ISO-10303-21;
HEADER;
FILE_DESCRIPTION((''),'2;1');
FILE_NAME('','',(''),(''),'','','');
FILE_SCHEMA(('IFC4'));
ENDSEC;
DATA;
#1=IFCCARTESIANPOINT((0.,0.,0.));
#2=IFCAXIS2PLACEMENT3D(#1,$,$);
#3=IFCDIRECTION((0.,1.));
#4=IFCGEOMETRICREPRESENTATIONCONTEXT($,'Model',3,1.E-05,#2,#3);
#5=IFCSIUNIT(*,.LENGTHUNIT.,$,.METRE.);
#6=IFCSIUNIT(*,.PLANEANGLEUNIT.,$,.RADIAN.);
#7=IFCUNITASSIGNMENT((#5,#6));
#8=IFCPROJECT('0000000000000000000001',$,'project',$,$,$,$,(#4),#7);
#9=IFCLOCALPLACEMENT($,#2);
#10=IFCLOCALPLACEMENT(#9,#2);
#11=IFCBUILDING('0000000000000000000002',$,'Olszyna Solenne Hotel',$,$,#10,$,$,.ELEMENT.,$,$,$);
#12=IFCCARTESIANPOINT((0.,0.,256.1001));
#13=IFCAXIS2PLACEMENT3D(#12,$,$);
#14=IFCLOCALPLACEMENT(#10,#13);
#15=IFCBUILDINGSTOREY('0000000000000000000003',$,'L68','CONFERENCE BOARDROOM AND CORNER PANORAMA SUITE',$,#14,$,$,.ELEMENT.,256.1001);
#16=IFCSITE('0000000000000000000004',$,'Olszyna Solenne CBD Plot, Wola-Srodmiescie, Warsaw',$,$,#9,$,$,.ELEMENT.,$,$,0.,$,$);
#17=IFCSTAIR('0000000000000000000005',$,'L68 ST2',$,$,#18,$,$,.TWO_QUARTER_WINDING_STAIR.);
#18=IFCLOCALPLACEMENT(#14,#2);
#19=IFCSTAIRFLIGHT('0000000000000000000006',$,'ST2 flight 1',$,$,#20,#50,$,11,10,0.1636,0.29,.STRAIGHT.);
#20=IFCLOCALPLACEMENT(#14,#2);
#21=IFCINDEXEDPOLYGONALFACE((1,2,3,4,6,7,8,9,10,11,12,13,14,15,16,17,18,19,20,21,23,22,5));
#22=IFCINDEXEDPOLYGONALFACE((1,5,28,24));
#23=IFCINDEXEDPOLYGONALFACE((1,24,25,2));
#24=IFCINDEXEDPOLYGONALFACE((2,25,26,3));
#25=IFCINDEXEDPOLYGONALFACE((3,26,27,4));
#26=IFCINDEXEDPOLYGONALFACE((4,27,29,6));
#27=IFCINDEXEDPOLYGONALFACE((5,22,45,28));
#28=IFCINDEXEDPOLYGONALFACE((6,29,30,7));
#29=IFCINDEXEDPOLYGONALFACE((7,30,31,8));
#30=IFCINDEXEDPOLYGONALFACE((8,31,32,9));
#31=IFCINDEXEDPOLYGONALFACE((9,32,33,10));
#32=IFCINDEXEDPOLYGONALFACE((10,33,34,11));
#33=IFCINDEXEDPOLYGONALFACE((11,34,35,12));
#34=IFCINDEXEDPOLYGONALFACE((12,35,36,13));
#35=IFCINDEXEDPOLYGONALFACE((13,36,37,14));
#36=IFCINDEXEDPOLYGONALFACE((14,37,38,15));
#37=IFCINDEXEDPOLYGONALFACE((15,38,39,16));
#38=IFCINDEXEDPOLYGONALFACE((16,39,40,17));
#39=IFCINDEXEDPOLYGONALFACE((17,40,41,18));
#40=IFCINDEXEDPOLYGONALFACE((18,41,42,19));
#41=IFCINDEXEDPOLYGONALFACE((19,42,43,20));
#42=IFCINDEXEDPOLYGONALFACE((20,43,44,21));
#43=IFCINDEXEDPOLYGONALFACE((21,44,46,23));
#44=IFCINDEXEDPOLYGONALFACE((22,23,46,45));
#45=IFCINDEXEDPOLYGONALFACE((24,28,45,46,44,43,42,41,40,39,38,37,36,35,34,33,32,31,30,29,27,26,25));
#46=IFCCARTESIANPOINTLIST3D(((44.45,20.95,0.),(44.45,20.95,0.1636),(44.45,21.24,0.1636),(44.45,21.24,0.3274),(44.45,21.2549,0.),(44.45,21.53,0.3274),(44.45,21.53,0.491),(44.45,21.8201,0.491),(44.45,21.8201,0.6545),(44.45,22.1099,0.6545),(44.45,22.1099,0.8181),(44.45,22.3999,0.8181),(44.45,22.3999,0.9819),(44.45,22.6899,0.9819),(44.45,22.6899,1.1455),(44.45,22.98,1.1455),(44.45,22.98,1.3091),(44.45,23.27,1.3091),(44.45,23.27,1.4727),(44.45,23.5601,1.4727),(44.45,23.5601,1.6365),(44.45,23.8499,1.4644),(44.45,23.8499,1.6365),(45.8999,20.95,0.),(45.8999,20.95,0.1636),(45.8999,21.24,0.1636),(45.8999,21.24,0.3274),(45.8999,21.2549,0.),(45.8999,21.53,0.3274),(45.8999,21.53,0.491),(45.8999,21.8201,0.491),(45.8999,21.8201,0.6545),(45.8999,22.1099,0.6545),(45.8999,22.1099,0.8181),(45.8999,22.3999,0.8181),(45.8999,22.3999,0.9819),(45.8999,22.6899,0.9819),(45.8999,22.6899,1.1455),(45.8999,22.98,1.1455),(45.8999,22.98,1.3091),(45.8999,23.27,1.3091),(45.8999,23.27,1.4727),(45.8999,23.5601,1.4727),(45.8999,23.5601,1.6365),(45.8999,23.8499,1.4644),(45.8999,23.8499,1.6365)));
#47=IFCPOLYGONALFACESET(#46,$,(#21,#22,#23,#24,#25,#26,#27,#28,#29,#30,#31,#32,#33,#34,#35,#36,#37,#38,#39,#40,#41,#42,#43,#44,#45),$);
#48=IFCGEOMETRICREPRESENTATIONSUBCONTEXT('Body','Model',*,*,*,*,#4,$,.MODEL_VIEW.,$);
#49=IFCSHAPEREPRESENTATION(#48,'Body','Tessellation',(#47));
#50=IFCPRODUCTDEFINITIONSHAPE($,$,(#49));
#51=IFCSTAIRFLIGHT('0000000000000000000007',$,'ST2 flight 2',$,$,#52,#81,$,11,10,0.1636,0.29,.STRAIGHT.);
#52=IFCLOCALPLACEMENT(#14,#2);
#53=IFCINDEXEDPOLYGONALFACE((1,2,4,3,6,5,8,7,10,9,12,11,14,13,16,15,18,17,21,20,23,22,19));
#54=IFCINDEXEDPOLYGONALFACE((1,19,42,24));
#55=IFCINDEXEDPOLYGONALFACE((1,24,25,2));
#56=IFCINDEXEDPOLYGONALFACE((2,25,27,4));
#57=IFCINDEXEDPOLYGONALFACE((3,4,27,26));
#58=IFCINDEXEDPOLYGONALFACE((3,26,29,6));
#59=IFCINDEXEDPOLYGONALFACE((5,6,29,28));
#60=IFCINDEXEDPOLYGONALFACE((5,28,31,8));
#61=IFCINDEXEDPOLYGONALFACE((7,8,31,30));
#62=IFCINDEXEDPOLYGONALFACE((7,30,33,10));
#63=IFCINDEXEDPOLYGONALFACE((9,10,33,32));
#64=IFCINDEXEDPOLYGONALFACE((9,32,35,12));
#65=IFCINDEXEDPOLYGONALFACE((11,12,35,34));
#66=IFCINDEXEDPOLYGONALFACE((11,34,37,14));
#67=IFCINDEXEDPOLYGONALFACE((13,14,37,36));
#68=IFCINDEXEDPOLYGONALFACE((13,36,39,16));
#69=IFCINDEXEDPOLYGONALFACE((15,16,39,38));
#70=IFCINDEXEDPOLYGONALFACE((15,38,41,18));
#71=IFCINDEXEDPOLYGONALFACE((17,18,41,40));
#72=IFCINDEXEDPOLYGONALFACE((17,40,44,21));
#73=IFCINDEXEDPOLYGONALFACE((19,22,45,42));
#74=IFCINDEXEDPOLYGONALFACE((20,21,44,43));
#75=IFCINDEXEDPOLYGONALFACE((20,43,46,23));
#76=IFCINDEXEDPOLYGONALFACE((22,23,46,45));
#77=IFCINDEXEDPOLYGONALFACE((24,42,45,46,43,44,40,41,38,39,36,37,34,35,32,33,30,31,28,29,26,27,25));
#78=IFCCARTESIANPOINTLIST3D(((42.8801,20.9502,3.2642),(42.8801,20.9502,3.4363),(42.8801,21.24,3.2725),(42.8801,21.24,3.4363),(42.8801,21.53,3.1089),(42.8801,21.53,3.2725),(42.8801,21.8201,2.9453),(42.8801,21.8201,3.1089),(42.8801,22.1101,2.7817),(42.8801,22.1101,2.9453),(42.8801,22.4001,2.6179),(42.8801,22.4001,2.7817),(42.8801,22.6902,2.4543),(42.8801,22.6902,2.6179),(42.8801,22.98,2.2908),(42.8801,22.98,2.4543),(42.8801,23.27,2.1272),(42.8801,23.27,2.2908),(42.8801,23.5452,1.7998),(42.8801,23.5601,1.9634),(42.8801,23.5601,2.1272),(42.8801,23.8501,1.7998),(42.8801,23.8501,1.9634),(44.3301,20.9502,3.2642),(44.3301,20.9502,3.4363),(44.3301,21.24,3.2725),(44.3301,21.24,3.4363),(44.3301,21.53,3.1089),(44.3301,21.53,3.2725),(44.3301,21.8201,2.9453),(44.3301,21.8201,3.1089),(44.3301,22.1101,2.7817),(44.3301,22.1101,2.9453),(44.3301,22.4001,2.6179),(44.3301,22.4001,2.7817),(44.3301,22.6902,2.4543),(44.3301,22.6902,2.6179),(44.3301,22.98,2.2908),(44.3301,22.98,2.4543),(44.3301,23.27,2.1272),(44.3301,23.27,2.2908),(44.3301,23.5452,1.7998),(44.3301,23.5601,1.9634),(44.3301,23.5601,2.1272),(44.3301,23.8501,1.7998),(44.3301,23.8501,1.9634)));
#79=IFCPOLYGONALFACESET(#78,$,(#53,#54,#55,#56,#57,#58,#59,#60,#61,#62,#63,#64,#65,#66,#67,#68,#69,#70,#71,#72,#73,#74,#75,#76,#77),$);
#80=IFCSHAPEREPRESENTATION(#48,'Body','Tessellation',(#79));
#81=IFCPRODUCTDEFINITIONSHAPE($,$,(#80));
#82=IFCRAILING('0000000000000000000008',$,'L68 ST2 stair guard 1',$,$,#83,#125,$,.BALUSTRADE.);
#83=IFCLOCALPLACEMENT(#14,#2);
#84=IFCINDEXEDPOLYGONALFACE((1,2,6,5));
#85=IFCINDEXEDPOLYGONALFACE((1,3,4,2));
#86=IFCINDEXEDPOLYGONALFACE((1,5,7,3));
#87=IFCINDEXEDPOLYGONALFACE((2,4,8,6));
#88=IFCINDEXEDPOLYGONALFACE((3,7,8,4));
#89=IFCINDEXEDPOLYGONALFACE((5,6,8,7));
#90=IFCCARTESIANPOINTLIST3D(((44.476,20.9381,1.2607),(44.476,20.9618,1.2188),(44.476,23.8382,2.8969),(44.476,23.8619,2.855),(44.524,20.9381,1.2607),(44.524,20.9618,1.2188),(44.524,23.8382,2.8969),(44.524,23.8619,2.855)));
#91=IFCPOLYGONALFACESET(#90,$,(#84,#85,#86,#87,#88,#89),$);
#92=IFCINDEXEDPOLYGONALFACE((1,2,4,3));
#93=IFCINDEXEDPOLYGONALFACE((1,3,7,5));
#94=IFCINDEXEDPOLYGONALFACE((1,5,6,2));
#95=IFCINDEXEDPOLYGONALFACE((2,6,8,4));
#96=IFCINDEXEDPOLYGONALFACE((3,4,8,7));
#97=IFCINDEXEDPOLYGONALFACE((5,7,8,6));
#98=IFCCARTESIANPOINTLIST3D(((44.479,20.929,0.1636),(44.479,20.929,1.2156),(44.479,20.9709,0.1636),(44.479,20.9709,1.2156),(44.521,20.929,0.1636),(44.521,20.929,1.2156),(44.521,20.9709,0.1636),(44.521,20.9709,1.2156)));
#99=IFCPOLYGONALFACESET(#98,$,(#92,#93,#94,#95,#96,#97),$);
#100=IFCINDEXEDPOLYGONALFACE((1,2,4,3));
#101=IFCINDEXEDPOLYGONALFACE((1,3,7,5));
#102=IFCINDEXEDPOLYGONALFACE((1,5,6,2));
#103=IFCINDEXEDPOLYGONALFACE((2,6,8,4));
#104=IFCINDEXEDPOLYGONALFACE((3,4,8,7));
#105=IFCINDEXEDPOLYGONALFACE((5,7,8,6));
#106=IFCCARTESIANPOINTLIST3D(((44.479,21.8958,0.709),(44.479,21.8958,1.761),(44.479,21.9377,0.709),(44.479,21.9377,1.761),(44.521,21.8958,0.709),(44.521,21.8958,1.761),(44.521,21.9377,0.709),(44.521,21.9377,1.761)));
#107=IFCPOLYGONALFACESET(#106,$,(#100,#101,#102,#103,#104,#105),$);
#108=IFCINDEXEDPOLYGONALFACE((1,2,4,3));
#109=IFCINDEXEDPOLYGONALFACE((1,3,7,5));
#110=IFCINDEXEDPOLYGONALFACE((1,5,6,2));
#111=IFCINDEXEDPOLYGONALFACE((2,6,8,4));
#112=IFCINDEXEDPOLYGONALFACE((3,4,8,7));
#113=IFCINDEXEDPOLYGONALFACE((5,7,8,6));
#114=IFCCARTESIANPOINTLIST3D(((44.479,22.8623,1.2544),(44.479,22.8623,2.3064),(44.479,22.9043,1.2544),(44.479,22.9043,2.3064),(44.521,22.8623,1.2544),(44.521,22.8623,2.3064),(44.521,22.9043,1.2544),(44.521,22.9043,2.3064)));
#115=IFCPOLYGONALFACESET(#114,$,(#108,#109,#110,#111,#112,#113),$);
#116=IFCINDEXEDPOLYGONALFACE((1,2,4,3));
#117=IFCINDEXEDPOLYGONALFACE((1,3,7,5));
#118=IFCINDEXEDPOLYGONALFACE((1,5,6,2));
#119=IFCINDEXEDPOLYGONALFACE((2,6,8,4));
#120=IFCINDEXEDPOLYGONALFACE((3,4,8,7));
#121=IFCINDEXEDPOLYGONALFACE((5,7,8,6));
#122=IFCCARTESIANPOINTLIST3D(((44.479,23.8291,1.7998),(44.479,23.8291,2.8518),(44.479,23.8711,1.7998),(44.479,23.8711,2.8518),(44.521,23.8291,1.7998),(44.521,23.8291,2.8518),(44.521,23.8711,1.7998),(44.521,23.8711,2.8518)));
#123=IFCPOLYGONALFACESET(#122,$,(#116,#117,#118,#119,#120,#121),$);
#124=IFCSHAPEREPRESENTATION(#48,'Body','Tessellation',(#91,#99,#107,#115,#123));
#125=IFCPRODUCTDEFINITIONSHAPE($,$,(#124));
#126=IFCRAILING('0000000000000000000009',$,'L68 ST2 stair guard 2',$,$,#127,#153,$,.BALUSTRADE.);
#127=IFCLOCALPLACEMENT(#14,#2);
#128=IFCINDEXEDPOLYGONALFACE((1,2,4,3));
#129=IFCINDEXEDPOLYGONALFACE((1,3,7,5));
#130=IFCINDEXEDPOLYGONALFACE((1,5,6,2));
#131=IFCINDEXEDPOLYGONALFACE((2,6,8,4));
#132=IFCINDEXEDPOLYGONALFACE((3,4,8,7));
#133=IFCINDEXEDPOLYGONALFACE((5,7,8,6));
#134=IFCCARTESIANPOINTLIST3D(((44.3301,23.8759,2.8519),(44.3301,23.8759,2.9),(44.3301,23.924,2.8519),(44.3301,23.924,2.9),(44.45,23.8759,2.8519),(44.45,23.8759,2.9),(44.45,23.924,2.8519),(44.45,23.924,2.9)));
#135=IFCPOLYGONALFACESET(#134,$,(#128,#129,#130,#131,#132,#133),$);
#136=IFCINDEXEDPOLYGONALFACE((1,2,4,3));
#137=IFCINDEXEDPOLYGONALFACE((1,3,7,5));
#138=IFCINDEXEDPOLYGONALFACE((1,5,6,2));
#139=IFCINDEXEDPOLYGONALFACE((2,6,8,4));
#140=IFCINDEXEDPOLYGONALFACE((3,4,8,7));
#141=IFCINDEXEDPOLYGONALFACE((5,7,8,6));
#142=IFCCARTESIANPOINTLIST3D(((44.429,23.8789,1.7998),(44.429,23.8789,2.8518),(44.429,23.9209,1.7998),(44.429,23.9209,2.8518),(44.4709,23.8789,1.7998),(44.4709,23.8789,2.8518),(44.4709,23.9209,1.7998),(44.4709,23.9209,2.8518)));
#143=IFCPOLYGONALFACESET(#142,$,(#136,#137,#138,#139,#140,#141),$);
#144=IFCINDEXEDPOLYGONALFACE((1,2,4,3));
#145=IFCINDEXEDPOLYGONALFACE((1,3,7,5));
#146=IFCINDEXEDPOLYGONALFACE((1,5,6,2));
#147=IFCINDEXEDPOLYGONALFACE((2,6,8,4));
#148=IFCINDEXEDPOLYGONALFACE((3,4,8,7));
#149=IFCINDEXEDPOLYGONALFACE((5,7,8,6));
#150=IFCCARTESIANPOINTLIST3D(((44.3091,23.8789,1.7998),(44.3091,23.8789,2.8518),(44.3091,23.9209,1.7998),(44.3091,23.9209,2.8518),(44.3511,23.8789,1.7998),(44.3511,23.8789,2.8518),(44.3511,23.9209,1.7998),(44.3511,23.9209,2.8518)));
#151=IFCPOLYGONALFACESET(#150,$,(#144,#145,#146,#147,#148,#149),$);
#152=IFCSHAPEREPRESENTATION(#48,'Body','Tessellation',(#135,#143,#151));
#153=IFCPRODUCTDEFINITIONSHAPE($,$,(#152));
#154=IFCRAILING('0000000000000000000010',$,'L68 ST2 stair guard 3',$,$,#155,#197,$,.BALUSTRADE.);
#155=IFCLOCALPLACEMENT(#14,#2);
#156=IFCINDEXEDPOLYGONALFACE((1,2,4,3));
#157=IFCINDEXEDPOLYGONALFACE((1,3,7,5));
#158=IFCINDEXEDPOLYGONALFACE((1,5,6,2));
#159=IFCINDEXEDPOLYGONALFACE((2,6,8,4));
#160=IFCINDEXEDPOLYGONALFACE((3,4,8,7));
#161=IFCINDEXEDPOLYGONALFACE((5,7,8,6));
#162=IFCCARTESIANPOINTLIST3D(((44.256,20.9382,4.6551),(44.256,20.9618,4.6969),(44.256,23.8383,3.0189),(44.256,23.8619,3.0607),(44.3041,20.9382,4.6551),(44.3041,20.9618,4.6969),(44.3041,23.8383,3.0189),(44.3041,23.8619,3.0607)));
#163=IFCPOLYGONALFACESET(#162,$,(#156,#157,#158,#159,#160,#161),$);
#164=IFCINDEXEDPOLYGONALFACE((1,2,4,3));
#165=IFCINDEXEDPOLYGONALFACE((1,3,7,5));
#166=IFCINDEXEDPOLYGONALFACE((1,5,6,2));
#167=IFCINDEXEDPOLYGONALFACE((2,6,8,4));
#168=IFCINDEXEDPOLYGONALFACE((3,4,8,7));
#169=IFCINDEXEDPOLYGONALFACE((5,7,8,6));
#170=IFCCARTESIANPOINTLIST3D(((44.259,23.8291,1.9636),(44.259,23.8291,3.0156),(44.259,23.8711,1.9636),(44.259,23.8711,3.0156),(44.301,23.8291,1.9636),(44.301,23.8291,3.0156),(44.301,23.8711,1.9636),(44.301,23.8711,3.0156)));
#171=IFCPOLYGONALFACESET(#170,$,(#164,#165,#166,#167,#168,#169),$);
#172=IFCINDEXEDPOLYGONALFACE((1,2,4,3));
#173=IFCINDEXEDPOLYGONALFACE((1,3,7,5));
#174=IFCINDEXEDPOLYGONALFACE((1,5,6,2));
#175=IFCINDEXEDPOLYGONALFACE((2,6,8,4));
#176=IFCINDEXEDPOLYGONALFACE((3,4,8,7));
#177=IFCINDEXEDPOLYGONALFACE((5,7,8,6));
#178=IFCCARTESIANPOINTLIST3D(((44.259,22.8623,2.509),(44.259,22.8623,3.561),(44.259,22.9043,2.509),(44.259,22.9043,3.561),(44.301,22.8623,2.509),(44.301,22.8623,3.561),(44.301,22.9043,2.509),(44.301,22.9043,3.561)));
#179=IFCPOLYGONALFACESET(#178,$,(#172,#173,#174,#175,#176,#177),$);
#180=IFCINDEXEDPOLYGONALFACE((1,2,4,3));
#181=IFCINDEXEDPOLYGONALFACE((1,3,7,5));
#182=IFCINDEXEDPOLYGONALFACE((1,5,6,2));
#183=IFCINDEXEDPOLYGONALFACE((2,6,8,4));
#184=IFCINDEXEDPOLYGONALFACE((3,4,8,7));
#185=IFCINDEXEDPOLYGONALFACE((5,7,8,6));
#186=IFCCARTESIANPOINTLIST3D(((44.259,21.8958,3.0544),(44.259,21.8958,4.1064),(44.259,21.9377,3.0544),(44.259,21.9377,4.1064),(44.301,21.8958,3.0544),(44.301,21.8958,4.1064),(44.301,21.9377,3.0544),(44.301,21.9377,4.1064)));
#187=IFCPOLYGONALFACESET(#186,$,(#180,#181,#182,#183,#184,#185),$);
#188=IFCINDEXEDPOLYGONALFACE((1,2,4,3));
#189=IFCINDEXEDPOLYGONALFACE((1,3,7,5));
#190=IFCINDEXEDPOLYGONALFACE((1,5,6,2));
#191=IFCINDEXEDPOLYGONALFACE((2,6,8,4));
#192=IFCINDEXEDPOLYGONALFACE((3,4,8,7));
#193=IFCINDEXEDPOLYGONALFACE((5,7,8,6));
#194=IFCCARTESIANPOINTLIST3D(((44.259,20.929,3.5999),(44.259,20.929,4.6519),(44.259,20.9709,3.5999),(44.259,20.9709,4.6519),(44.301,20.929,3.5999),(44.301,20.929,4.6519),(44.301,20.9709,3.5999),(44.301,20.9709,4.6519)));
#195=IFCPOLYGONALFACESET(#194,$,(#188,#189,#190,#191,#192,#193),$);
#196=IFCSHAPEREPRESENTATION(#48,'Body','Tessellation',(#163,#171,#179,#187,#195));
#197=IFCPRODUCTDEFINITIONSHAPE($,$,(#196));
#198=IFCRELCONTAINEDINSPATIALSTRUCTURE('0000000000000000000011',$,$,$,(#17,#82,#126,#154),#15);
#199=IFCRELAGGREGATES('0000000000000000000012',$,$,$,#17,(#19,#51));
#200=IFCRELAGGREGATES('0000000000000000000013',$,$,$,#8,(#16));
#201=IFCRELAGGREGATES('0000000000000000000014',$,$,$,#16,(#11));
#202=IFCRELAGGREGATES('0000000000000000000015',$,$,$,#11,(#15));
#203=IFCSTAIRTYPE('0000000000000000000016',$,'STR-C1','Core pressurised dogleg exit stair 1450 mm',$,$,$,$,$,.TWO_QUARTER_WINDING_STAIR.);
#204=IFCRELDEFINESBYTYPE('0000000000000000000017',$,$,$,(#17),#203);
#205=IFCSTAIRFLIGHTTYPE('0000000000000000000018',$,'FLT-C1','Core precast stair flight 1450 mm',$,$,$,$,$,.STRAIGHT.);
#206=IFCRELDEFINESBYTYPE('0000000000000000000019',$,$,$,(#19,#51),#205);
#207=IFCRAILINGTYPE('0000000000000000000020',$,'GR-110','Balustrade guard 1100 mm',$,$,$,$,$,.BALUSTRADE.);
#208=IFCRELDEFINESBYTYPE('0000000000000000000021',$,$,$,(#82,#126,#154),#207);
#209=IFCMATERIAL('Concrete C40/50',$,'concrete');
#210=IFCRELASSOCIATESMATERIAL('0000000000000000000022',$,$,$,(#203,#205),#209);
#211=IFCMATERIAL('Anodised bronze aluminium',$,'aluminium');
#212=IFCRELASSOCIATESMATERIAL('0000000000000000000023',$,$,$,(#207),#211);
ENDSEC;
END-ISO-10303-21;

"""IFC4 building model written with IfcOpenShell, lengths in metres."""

from ifc_helpers import new_model, si_unit, direction, frame, origin, origin_2d, place, context, subcontext, project, spatial, polyline, rectangle, outline, extrude, material, type_object, element, aggregate, save


model = new_model("IFC4")

# Units and contexts
model_context = context("Model", 3, precision=1e-05, world=origin(), true_north=direction((0.0, 1.0)))
body_context = subcontext(model_context, "Body", "Model", "MODEL_VIEW")
ifc_project = project(units=[si_unit("LENGTHUNIT", "METRE"), si_unit("PLANEANGLEUNIT", "RADIAN")], contexts=[model_context])

# Site, building, storey
site_placement = place(None, origin())
site = spatial("IfcSite", under=ifc_project, at=site_placement, Name="Olszyna Solenne CBD Plot, Wola-Srodmiescie, Warsaw", CompositionType="ELEMENT", RefElevation=0.0)
building_placement = place(site_placement, origin())
building = spatial("IfcBuilding", under=site, at=building_placement, Name="Olszyna Solenne Hotel", CompositionType="ELEMENT")
storey_placement = place(building_placement, frame((0.0, 0.0, 256.1001)))
storey = spatial("IfcBuildingStorey", under=building, at=storey_placement, Name="L68", Description="CONFERENCE BOARDROOM AND CORNER PANORAMA SUITE", CompositionType="ELEMENT", Elevation=256.1001)

# Shared definitions
ifc_material_1 = material(Name="Anodised bronze aluminium", Category="aluminium")

# Stair, stair flights
ifc_material_2 = material(Name="Concrete C40/50", Category="concrete")
stair_type = type_object("IfcStairType", Name="STR-C1", Description="Core pressurised dogleg exit stair 1450 mm", PredefinedType="TWO_QUARTER_WINDING_STAIR", material=ifc_material_2)
stair_placement = place(storey_placement, origin())
stair = element("IfcStair", 1, at=stair_placement, inside=storey, type_object=stair_type, Name="L68 ST2", PredefinedType="TWO_QUARTER_WINDING_STAIR")
stair_flight_type = type_object("IfcStairFlightType", Name="FLT-C1", Description="Core precast stair flight 1450 mm", PredefinedType="STRAIGHT", material=ifc_material_2)
stair_flight_1_placement = place(storey_placement, frame((45.175, 20.95, 0.0), z_axis=(0.0, 0.0, 1.0), x_axis=(0.0, 1.0, 0.0)))
stair_flight_1 = element("IfcStairFlight", 2, at=stair_flight_1_placement, type_object=stair_flight_type, Name="ST2 flight 1", NumberOfRisers=11, NumberOfTreads=10, PredefinedType="STRAIGHT", RiserHeight=0.1636, TreadLength=0.29, context=body_context, shape_type="SweptSolid", body=[
    extrude(outline(polyline([(0.0, 0.0), (0.0, 0.1636), (0.29, 0.1636), (0.29, 0.3274), (0.5801, 0.3274), (0.5801, 0.491), (0.8701, 0.491), (0.8701, 0.6545), (1.1599, 0.6545), (1.1599, 0.8181), (1.45, 0.8181), (1.45, 0.9819), (1.74, 0.9819), (1.74, 1.1455), (2.03, 1.1455), (2.03, 1.3091), (2.3201, 1.3091), (2.3201, 1.4727), (2.6101, 1.4727), (2.6101, 1.6365), (2.8999, 1.6365), (2.8999, 1.8), (2.8999, 1.4644), (0.3049, 0.0), (0.0, 0.0)])), frame((0.0, 0.7251, 0.0), z_axis=(0.0, -1.0, 0.0), x_axis=(1.0, 0.0, 0.0)), (0.0, 0.0, 1.0), 1.45),
])
stair_flight_2_placement = place(storey_placement, frame((43.605, 23.8501, 1.7998), z_axis=(0.0, 0.0, 1.0), x_axis=(0.0, -1.0, 0.0)))
stair_flight_2 = element("IfcStairFlight", 3, at=stair_flight_2_placement, type_object=stair_flight_type, Name="ST2 flight 2", NumberOfRisers=11, NumberOfTreads=10, PredefinedType="STRAIGHT", RiserHeight=0.1636, TreadLength=0.29, context=body_context, shape_type="SweptSolid", body=[
    extrude(outline(polyline([(0.0, 0.0), (0.0, 0.1636), (0.29, 0.1636), (0.29, 0.3274), (0.5801, 0.3274), (0.5801, 0.491), (0.8701, 0.491), (0.8701, 0.6545), (1.1599, 0.6545), (1.1599, 0.8181), (1.45, 0.8181), (1.45, 0.9819), (1.74, 0.9819), (1.74, 1.1455), (2.03, 1.1455), (2.03, 1.3091), (2.3201, 1.3091), (2.3201, 1.4727), (2.6101, 1.4727), (2.6101, 1.6365), (2.8999, 1.6365), (2.8999, 1.8), (2.8999, 1.4644), (0.3049, 0.0), (0.0, 0.0)])), frame((0.0, 0.7251, 0.0), z_axis=(0.0, -1.0, 0.0), x_axis=(1.0, 0.0, 0.0)), (0.0, 0.0, 1.0), 1.45),
])
aggregate(stair, [stair_flight_1, stair_flight_2])

# Railings
railing_type_1 = type_object("IfcRailingType", Name="GR-110", Description="Balustrade guard 1100 mm", PredefinedType="BALUSTRADE", material=ifc_material_1)
railing_1_placement = place(storey_placement, frame((44.5, 20.95, 0.1636)))
element("IfcRailing", 4, at=railing_1_placement, inside=storey, type_object=railing_type_1, Name="L68 ST2 stair guard 1", PredefinedType="BALUSTRADE", context=body_context, shape_type="SweptSolid", body=[
    extrude(rectangle(XDim=0.0481, YDim=0.0481, at=origin_2d()), frame((0.0, 0.0, 1.0762), z_axis=(0.0, 0.870946, 0.491378), x_axis=(-1.0, 0.0, 0.0)), (0.0, 0.0, 1.0), 3.3298),
    extrude(rectangle(XDim=0.042, YDim=0.042, at=origin_2d()), origin(), (0.0, 0.0, 1.0), 1.052),
    extrude(rectangle(XDim=0.042, YDim=0.042, at=origin_2d()), frame((0.0, 0.9668, 0.5454)), (0.0, 0.0, 1.0), 1.052),
    extrude(rectangle(XDim=0.042, YDim=0.042, at=origin_2d()), frame((0.0, 1.9333, 1.0908)), (0.0, 0.0, 1.0), 1.052),
    extrude(rectangle(XDim=0.042, YDim=0.042, at=origin_2d()), frame((0.0, 2.9001, 1.6362)), (0.0, 0.0, 1.0), 1.052),
])
railing_2_placement = place(storey_placement, frame((44.45, 23.8999, 1.7998)))
element("IfcRailing", 5, at=railing_2_placement, inside=storey, type_object=railing_type_1, Name="L68 ST2 stair guard 2", PredefinedType="BALUSTRADE", context=body_context, shape_type="SweptSolid", body=[
    extrude(rectangle(XDim=0.0481, YDim=0.0481, at=origin_2d()), frame((0.0, 0.0, 1.0762), z_axis=(-1.0, 0.0, 0.0), x_axis=(0.0, -1.0, 0.0)), (0.0, 0.0, 1.0), 0.1199),
    extrude(rectangle(XDim=0.042, YDim=0.042, at=origin_2d()), origin(), (0.0, 0.0, 1.0), 1.052),
    extrude(rectangle(XDim=0.042, YDim=0.042, at=origin_2d()), frame((-0.1199, 0.0, 0.0)), (0.0, 0.0, 1.0), 1.052),
])
railing_3_placement = place(storey_placement, frame((44.28, 23.8501, 1.9636)))
element("IfcRailing", 6, at=railing_3_placement, inside=storey, type_object=railing_type_1, Name="L68 ST2 stair guard 3", PredefinedType="BALUSTRADE", context=body_context, shape_type="SweptSolid", body=[
    extrude(rectangle(XDim=0.0481, YDim=0.0481, at=origin_2d()), frame((0.0, 0.0, 1.0762), z_axis=(0.0, -0.870946, 0.491378), x_axis=(1.0, 0.0, 0.0)), (0.0, 0.0, 1.0), 3.3298),
    extrude(rectangle(XDim=0.042, YDim=0.042, at=origin_2d()), origin(), (0.0, 0.0, 1.0), 1.052),
    extrude(rectangle(XDim=0.042, YDim=0.042, at=origin_2d()), frame((0.0, -0.9668, 0.5454)), (0.0, 0.0, 1.0), 1.052),
    extrude(rectangle(XDim=0.042, YDim=0.042, at=origin_2d()), frame((0.0, -1.9333, 1.0908)), (0.0, 0.0, 1.0), 1.052),
    extrude(rectangle(XDim=0.042, YDim=0.042, at=origin_2d()), frame((0.0, -2.9001, 1.6362)), (0.0, 0.0, 1.0), 1.052),
])

save(model, "model.ifc")
